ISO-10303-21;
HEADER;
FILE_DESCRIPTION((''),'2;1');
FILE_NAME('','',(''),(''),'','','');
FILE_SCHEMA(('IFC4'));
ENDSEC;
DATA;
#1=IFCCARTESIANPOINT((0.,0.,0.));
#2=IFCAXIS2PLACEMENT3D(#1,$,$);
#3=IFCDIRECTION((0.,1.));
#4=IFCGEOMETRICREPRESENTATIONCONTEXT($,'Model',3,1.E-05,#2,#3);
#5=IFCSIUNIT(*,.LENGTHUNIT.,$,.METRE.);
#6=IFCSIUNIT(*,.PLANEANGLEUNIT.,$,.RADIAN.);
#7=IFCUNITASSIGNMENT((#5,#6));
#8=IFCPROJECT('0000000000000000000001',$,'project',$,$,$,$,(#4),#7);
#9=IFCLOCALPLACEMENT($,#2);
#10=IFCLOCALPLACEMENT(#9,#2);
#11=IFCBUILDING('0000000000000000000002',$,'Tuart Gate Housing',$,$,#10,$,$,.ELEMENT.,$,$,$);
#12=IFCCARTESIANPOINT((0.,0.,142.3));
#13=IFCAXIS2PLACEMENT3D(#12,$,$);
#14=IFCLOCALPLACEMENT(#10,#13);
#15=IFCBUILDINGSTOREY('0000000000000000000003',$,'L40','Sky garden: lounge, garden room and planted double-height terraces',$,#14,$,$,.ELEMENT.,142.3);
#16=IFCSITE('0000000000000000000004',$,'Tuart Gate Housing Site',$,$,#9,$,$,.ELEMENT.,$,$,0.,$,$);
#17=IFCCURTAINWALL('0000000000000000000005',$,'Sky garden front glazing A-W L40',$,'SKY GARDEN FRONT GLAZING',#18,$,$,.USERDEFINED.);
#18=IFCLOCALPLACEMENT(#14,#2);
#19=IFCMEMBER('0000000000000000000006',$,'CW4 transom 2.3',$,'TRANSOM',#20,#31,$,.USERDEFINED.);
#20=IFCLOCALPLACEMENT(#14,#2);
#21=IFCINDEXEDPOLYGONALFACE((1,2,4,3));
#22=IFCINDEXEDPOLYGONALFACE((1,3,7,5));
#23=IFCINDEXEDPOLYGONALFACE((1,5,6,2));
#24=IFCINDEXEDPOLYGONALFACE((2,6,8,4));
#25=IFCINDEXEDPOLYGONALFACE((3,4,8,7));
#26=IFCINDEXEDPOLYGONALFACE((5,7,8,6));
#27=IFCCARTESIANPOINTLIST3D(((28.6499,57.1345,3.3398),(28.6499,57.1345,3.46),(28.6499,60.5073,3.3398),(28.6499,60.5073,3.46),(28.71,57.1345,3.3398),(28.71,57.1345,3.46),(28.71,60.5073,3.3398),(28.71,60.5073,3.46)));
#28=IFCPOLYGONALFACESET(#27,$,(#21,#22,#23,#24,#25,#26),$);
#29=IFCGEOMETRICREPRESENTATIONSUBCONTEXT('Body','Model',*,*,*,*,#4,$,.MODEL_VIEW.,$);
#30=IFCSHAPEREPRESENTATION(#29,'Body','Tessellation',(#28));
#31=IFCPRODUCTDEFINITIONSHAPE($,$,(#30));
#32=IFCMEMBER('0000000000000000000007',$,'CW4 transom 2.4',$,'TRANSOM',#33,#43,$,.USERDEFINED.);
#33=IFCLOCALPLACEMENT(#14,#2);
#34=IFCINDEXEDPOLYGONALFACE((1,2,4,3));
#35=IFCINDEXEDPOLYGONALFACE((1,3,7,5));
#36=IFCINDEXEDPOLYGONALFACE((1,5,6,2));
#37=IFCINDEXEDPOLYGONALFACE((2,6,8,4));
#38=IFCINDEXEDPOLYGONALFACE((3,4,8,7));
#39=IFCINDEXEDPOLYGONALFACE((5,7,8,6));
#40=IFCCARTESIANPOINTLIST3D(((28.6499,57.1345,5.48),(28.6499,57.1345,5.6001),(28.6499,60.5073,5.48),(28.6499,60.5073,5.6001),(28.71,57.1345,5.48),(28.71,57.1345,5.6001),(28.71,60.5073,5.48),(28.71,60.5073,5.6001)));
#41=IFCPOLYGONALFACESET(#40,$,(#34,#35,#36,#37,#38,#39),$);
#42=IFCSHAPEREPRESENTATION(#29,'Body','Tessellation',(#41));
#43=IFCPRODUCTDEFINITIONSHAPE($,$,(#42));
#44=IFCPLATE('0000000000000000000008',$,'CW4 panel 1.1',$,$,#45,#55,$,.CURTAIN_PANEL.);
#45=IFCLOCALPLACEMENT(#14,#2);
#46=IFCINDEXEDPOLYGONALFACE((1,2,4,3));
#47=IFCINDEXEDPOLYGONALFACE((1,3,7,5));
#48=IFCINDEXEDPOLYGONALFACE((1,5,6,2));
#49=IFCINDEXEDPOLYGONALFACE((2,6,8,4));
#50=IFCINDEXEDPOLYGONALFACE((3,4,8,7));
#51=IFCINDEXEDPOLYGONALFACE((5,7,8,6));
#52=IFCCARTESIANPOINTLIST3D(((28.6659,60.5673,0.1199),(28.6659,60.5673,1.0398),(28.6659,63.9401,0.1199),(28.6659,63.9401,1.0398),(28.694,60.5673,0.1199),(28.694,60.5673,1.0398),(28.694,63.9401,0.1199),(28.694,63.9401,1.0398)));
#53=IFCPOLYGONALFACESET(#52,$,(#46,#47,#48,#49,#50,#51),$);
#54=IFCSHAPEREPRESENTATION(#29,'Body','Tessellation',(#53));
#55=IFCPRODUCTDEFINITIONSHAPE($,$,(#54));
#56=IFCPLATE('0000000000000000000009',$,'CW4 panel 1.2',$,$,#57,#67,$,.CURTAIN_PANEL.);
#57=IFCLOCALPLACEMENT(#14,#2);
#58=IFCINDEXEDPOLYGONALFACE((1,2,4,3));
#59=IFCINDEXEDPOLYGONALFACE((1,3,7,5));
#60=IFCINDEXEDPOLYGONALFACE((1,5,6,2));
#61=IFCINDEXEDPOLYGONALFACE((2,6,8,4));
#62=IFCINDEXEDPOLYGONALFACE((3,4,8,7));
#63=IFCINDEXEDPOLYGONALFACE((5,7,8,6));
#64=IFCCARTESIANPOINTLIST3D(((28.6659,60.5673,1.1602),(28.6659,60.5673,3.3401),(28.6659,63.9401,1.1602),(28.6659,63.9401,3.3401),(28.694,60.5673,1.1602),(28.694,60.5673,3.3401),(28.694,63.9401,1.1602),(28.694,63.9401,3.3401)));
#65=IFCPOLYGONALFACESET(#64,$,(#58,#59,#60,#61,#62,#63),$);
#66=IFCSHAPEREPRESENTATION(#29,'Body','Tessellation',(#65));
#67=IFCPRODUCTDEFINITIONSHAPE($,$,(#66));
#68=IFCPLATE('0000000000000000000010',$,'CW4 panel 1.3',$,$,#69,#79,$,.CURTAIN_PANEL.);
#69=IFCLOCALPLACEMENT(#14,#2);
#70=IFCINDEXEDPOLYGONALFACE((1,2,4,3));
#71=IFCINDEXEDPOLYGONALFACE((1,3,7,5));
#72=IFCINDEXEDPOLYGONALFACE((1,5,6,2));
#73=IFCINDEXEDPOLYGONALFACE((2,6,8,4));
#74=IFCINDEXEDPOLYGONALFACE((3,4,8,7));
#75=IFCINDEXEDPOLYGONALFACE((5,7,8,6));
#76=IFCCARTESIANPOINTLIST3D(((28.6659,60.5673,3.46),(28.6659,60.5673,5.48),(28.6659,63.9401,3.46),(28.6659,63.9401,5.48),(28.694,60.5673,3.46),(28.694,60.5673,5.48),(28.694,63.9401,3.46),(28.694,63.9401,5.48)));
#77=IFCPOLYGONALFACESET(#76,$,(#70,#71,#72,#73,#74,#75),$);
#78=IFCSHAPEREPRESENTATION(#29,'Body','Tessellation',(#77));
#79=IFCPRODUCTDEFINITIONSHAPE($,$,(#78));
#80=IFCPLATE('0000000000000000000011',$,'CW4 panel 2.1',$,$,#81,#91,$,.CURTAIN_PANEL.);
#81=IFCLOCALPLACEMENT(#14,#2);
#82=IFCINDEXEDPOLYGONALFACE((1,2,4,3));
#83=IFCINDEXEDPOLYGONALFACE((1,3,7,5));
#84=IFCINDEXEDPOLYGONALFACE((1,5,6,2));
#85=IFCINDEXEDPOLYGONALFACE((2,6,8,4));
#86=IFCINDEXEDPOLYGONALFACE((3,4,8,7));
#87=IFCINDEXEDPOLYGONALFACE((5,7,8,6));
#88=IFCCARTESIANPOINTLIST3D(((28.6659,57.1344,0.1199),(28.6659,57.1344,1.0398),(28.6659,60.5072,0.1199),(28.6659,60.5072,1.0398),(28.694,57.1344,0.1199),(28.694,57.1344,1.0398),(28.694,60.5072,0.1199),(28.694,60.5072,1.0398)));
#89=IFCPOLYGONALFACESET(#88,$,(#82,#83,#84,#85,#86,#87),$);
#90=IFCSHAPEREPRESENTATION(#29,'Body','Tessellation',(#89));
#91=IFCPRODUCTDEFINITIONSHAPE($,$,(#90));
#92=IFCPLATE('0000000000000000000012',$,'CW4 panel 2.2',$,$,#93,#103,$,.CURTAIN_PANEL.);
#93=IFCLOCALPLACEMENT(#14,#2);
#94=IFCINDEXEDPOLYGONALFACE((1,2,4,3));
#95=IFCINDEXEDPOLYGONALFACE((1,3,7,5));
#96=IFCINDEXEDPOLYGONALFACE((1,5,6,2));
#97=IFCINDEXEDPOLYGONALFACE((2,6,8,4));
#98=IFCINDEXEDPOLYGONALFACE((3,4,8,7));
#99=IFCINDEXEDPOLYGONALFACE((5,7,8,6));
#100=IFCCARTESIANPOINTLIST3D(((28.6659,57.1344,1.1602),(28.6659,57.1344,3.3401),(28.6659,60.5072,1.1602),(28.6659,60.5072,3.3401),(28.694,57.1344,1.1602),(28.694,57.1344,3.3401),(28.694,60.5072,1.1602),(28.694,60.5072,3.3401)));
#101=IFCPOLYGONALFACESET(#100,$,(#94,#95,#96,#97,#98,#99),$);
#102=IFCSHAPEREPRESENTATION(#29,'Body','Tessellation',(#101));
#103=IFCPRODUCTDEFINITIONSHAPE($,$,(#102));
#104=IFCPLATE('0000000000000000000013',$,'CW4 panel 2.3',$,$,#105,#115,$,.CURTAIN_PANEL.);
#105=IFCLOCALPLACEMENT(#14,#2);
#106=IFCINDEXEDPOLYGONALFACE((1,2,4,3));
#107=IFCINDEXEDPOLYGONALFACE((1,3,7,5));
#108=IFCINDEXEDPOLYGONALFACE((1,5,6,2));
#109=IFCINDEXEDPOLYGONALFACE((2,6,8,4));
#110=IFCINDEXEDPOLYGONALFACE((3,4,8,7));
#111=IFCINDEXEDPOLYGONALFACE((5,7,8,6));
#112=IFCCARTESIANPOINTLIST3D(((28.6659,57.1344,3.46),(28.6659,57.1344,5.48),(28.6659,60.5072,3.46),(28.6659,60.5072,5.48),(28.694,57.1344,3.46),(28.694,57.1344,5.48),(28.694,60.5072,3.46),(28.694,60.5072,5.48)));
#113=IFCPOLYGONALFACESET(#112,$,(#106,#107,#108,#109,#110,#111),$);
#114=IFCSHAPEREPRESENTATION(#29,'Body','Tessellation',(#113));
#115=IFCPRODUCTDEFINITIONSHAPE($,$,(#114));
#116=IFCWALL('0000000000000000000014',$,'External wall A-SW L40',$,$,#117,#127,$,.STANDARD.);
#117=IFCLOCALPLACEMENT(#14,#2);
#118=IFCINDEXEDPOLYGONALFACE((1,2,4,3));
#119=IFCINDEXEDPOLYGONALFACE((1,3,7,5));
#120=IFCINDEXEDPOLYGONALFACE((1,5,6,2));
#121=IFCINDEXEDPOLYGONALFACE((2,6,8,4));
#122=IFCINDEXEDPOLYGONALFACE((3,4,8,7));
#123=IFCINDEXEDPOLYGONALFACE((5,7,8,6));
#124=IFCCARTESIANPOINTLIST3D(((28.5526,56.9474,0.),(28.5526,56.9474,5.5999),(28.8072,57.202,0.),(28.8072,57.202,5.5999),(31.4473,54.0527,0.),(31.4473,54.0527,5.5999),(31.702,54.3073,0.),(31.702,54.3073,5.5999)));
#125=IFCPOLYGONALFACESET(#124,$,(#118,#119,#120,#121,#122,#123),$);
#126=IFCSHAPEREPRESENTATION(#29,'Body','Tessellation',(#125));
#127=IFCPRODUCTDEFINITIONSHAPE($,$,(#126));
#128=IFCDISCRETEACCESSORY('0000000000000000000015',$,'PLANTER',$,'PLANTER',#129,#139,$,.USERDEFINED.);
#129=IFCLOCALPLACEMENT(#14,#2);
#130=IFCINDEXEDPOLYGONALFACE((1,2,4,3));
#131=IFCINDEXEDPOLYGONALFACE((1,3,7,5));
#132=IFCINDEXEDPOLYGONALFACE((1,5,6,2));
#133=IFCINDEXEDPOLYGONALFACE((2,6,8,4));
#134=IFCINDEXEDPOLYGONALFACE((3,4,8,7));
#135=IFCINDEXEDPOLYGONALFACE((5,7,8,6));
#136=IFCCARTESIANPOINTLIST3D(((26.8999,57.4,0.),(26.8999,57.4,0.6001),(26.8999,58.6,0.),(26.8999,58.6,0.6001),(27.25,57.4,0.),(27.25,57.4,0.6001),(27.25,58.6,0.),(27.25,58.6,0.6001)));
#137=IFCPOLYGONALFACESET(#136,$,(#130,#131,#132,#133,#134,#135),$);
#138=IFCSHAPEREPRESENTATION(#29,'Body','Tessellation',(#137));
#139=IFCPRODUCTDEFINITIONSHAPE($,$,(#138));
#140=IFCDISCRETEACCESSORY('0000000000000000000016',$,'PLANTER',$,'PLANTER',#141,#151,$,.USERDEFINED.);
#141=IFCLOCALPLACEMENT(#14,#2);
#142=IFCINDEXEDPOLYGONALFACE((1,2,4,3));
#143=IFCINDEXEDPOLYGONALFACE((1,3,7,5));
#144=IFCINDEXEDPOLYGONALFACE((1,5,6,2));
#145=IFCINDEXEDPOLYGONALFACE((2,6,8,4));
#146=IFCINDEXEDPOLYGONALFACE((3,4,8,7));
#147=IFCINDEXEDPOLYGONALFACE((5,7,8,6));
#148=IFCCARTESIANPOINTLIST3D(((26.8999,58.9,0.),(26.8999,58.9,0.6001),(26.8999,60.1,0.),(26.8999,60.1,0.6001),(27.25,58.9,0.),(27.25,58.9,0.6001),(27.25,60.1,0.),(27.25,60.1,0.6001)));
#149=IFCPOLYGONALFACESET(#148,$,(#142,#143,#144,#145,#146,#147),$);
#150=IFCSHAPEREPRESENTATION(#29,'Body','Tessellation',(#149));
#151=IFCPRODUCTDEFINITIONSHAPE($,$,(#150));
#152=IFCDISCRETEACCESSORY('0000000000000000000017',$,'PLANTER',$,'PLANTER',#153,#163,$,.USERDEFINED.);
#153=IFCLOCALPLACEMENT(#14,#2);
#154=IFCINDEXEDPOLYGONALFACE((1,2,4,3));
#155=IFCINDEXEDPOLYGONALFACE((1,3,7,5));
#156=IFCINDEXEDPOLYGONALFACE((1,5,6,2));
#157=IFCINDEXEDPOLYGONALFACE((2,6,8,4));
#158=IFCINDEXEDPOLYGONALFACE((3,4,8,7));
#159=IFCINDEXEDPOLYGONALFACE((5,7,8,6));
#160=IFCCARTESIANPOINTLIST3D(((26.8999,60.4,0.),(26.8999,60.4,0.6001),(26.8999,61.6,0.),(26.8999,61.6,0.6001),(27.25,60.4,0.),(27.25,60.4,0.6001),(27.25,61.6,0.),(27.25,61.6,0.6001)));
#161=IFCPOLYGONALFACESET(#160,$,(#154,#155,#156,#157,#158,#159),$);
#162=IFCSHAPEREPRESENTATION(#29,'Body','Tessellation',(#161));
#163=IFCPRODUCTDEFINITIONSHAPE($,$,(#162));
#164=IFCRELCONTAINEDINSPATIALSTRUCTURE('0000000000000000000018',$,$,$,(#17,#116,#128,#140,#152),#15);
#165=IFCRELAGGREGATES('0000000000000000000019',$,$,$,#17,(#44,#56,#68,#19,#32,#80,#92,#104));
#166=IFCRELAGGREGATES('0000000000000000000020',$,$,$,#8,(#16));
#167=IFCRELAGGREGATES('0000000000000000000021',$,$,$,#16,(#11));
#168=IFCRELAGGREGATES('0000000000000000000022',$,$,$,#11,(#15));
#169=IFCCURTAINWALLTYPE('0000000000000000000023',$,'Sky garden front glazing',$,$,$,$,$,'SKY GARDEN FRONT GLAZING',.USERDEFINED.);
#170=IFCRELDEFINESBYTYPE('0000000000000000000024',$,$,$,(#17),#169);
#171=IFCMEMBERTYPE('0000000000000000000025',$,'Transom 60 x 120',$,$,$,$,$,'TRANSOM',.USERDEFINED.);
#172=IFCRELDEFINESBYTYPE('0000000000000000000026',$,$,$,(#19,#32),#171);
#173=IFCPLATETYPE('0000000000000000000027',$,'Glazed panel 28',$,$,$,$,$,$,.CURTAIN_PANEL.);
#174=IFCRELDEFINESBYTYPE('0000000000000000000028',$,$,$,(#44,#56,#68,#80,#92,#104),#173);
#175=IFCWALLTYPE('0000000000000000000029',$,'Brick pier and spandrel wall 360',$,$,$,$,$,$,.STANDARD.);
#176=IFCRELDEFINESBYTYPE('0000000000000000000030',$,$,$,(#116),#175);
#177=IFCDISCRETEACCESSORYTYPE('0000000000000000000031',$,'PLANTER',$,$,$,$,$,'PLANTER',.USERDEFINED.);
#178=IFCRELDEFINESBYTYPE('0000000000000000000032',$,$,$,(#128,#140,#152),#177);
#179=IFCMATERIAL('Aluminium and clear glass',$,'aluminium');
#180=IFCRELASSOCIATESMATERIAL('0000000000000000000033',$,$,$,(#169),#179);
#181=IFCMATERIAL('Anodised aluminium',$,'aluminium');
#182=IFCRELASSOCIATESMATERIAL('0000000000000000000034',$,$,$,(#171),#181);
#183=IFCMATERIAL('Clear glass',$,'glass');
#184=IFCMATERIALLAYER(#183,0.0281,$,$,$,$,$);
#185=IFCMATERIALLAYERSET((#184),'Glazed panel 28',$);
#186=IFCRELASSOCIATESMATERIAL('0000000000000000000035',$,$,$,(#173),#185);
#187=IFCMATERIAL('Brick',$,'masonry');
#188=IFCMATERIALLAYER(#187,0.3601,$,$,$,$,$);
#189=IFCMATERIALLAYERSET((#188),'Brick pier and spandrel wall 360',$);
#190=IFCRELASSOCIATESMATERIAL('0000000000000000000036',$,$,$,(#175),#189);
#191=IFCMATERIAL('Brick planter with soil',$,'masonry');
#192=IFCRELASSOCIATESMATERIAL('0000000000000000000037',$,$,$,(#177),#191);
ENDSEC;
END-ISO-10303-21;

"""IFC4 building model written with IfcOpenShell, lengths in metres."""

from ifc_helpers import new_model, si_unit, direction, frame, frame_2d, origin, origin_2d, place, context, subcontext, project, spatial, rectangle, extrude, material, layer, layer_set, material_profile, profile_set, type_object, element, aggregate, save


model = new_model("IFC4")

# Units and contexts
model_context = context("Model", 3, precision=1e-05, world=origin(), true_north=direction((0.0, 1.0)))
body_context = subcontext(model_context, "Body", "Model", "MODEL_VIEW")
ifc_project = project(units=[si_unit("LENGTHUNIT", "METRE"), si_unit("PLANEANGLEUNIT", "RADIAN")], contexts=[model_context])

# Site, building, storey
site_placement = place(None, origin())
site = spatial("IfcSite", under=ifc_project, at=site_placement, Name="Tuart Gate Housing Site", CompositionType="ELEMENT", RefElevation=0.0)
building_placement = place(site_placement, origin())
building = spatial("IfcBuilding", under=site, at=building_placement, Name="Tuart Gate Housing", CompositionType="ELEMENT")
storey_placement = place(building_placement, frame((0.0, 0.0, 142.3)))
storey = spatial("IfcBuildingStorey", under=building, at=storey_placement, Name="L40", Description="Sky garden: lounge, garden room and planted double-height terraces", CompositionType="ELEMENT", Elevation=142.3)

# Shared definitions
ifc_material_1 = material(Name="Aluminium and clear glass", Category="aluminium")
curtain_wall_type = type_object("IfcCurtainWallType", Name="Sky garden front glazing", ElementType="SKY GARDEN FRONT GLAZING", PredefinedType="USERDEFINED", material=ifc_material_1)

# Curtain wall, members, plates
curtain_wall_1_placement = place(storey_placement, origin())
curtain_wall_1 = element("IfcCurtainWall", 1, at=curtain_wall_1_placement, inside=storey, type_object=curtain_wall_type, Name="Sky garden front glazing A-W L40", ObjectType="SKY GARDEN FRONT GLAZING", PredefinedType="USERDEFINED")
ifc_material_2 = material(Name="Anodised aluminium", Category="aluminium")
ifc_material_profile_1 = material_profile(ifc_material_2, rectangle(XDim=0.0601, YDim=0.1201, at=origin_2d()), Name="60x120")
ifc_profile_set_1 = profile_set([ifc_material_profile_1], Name="Anodised aluminium")
member_type_1 = type_object("IfcMemberType", Name="Transom 60 x 120", ElementType="TRANSOM", PredefinedType="USERDEFINED", material=ifc_profile_set_1)
member_1_placement = place(storey_placement, frame((28.6799, 60.5073, 3.3999), z_axis=(0.0, -1.0, 0.0), x_axis=(1.0, 0.0, 0.0)))
member_1 = element("IfcMember", 2, at=member_1_placement, type_object=member_type_1, Name="CW4 transom 2.3", ObjectType="TRANSOM", PredefinedType="USERDEFINED", context=body_context, shape_type="SweptSolid", body=[
    extrude(rectangle(XDim=0.0601, YDim=0.1201, at=origin_2d()), origin(), (0.0, 0.0, 1.0), 3.3728),
])
member_2_placement = place(storey_placement, frame((28.6799, 60.5073, 5.54), z_axis=(0.0, -1.0, 0.0), x_axis=(1.0, 0.0, 0.0)))
member_2 = element("IfcMember", 3, at=member_2_placement, type_object=member_type_1, Name="CW4 transom 2.4", ObjectType="TRANSOM", PredefinedType="USERDEFINED", context=body_context, shape_type="SweptSolid", body=[
    extrude(rectangle(XDim=0.0601, YDim=0.1201, at=origin_2d()), origin(), (0.0, 0.0, 1.0), 3.3728),
])
ifc_material_3 = material(Name="Clear glass", Category="glass")
ifc_layer_1 = layer(ifc_material_3, 0.0281)
ifc_layer_set_1 = layer_set([ifc_layer_1], Name="Glazed panel 28")
plate_type = type_object("IfcPlateType", Name="Glazed panel 28", PredefinedType="CURTAIN_PANEL", material=ifc_layer_set_1)
plate_1_placement = place(storey_placement, frame((28.6799, 62.2537, 0.1199), z_axis=(0.0, 0.0, 1.0), x_axis=(0.0, -1.0, 0.0)))
plate_1 = element("IfcPlate", 4, at=plate_1_placement, type_object=plate_type, Name="CW4 panel 1.1", PredefinedType="CURTAIN_PANEL", context=body_context, shape_type="SweptSolid", body=[
    extrude(rectangle(XDim=3.3728, YDim=0.0281, at=origin_2d()), origin(), (0.0, 0.0, 1.0), 0.9199),
])
plate_2_placement = place(storey_placement, frame((28.6799, 62.2537, 1.1602), z_axis=(0.0, 0.0, 1.0), x_axis=(0.0, -1.0, 0.0)))
plate_2 = element("IfcPlate", 5, at=plate_2_placement, type_object=plate_type, Name="CW4 panel 1.2", PredefinedType="CURTAIN_PANEL", context=body_context, shape_type="SweptSolid", body=[
    extrude(rectangle(XDim=3.3728, YDim=0.0281, at=origin_2d()), origin(), (0.0, 0.0, 1.0), 2.1799),
])
plate_3_placement = place(storey_placement, frame((28.6799, 62.2537, 3.46), z_axis=(0.0, 0.0, 1.0), x_axis=(0.0, -1.0, 0.0)))
plate_3 = element("IfcPlate", 6, at=plate_3_placement, type_object=plate_type, Name="CW4 panel 1.3", PredefinedType="CURTAIN_PANEL", context=body_context, shape_type="SweptSolid", body=[
    extrude(rectangle(XDim=3.3728, YDim=0.0281, at=origin_2d()), origin(), (0.0, 0.0, 1.0), 2.02),
])
plate_4_placement = place(storey_placement, frame((28.6799, 58.8208, 0.1199), z_axis=(0.0, 0.0, 1.0), x_axis=(0.0, -1.0, 0.0)))
plate_4 = element("IfcPlate", 7, at=plate_4_placement, type_object=plate_type, Name="CW4 panel 2.1", PredefinedType="CURTAIN_PANEL", context=body_context, shape_type="SweptSolid", body=[
    extrude(rectangle(XDim=3.3728, YDim=0.0281, at=origin_2d()), origin(), (0.0, 0.0, 1.0), 0.9199),
])
plate_5_placement = place(storey_placement, frame((28.6799, 58.8208, 1.1602), z_axis=(0.0, 0.0, 1.0), x_axis=(0.0, -1.0, 0.0)))
plate_5 = element("IfcPlate", 8, at=plate_5_placement, type_object=plate_type, Name="CW4 panel 2.2", PredefinedType="CURTAIN_PANEL", context=body_context, shape_type="SweptSolid", body=[
    extrude(rectangle(XDim=3.3728, YDim=0.0281, at=origin_2d()), origin(), (0.0, 0.0, 1.0), 2.1799),
])
plate_6_placement = place(storey_placement, frame((28.6799, 58.8208, 3.46), z_axis=(0.0, 0.0, 1.0), x_axis=(0.0, -1.0, 0.0)))
plate_6 = element("IfcPlate", 9, at=plate_6_placement, type_object=plate_type, Name="CW4 panel 2.3", PredefinedType="CURTAIN_PANEL", context=body_context, shape_type="SweptSolid", body=[
    extrude(rectangle(XDim=3.3728, YDim=0.0281, at=origin_2d()), origin(), (0.0, 0.0, 1.0), 2.02),
])
aggregate(curtain_wall_1, [plate_1, plate_2, plate_3, member_1, member_2, plate_4, plate_5, plate_6])

# Wall
ifc_material_4 = material(Name="Brick", Category="masonry")
ifc_layer_2 = layer(ifc_material_4, 0.3601)
ifc_layer_set_2 = layer_set([ifc_layer_2], Name="Brick pier and spandrel wall 360")
wall_type = type_object("IfcWallType", Name="Brick pier and spandrel wall 360", PredefinedType="STANDARD", material=ifc_layer_set_2)
wall_1_placement = place(storey_placement, frame((28.6799, 57.0747, 0.0), z_axis=(0.0, 0.0, 1.0), x_axis=(0.707107, -0.707107, 0.0)))
element("IfcWall", 10, at=wall_1_placement, inside=storey, type_object=wall_type, Name="External wall A-SW L40", PredefinedType="STANDARD", context=body_context, shape_type="SweptSolid", body=[
    extrude(rectangle(XDim=4.0938, YDim=0.3601, at=frame_2d((2.0469, 0.0))), origin(), (0.0, 0.0, 1.0), 5.5999),
])

# Discrete accessories
ifc_material_5 = material(Name="Brick planter with soil", Category="masonry")
discrete_accessory_type = type_object("IfcDiscreteAccessoryType", Name="PLANTER", ElementType="PLANTER", PredefinedType="USERDEFINED", material=ifc_material_5)
for number, where, z_axis, x_axis, name in (
    (11, (27.075, 58.0, 0.0), (0.0, 0.0, 1.0), (1.0, 0.0, 0.0), "PLANTER"),
    (12, (27.075, 59.5, 0.0), (0.0, 0.0, 1.0), (1.0, 0.0, 0.0), "PLANTER"),
    (13, (27.075, 61.0, 0.0), (0.0, 0.0, 1.0), (1.0, 0.0, 0.0), "PLANTER"),
):
    element("IfcDiscreteAccessory", number, at=place(storey_placement, frame(where, z_axis=z_axis, x_axis=x_axis)), inside=storey, type_object=discrete_accessory_type, Name=name, ObjectType="PLANTER", PredefinedType="USERDEFINED", context=body_context, shape_type="SweptSolid", body=[
        extrude(rectangle(XDim=0.3501, YDim=1.2, at=origin_2d()), origin(), (0.0, 0.0, 1.0), 0.6001),
    ])

save(model, "model.ifc")
